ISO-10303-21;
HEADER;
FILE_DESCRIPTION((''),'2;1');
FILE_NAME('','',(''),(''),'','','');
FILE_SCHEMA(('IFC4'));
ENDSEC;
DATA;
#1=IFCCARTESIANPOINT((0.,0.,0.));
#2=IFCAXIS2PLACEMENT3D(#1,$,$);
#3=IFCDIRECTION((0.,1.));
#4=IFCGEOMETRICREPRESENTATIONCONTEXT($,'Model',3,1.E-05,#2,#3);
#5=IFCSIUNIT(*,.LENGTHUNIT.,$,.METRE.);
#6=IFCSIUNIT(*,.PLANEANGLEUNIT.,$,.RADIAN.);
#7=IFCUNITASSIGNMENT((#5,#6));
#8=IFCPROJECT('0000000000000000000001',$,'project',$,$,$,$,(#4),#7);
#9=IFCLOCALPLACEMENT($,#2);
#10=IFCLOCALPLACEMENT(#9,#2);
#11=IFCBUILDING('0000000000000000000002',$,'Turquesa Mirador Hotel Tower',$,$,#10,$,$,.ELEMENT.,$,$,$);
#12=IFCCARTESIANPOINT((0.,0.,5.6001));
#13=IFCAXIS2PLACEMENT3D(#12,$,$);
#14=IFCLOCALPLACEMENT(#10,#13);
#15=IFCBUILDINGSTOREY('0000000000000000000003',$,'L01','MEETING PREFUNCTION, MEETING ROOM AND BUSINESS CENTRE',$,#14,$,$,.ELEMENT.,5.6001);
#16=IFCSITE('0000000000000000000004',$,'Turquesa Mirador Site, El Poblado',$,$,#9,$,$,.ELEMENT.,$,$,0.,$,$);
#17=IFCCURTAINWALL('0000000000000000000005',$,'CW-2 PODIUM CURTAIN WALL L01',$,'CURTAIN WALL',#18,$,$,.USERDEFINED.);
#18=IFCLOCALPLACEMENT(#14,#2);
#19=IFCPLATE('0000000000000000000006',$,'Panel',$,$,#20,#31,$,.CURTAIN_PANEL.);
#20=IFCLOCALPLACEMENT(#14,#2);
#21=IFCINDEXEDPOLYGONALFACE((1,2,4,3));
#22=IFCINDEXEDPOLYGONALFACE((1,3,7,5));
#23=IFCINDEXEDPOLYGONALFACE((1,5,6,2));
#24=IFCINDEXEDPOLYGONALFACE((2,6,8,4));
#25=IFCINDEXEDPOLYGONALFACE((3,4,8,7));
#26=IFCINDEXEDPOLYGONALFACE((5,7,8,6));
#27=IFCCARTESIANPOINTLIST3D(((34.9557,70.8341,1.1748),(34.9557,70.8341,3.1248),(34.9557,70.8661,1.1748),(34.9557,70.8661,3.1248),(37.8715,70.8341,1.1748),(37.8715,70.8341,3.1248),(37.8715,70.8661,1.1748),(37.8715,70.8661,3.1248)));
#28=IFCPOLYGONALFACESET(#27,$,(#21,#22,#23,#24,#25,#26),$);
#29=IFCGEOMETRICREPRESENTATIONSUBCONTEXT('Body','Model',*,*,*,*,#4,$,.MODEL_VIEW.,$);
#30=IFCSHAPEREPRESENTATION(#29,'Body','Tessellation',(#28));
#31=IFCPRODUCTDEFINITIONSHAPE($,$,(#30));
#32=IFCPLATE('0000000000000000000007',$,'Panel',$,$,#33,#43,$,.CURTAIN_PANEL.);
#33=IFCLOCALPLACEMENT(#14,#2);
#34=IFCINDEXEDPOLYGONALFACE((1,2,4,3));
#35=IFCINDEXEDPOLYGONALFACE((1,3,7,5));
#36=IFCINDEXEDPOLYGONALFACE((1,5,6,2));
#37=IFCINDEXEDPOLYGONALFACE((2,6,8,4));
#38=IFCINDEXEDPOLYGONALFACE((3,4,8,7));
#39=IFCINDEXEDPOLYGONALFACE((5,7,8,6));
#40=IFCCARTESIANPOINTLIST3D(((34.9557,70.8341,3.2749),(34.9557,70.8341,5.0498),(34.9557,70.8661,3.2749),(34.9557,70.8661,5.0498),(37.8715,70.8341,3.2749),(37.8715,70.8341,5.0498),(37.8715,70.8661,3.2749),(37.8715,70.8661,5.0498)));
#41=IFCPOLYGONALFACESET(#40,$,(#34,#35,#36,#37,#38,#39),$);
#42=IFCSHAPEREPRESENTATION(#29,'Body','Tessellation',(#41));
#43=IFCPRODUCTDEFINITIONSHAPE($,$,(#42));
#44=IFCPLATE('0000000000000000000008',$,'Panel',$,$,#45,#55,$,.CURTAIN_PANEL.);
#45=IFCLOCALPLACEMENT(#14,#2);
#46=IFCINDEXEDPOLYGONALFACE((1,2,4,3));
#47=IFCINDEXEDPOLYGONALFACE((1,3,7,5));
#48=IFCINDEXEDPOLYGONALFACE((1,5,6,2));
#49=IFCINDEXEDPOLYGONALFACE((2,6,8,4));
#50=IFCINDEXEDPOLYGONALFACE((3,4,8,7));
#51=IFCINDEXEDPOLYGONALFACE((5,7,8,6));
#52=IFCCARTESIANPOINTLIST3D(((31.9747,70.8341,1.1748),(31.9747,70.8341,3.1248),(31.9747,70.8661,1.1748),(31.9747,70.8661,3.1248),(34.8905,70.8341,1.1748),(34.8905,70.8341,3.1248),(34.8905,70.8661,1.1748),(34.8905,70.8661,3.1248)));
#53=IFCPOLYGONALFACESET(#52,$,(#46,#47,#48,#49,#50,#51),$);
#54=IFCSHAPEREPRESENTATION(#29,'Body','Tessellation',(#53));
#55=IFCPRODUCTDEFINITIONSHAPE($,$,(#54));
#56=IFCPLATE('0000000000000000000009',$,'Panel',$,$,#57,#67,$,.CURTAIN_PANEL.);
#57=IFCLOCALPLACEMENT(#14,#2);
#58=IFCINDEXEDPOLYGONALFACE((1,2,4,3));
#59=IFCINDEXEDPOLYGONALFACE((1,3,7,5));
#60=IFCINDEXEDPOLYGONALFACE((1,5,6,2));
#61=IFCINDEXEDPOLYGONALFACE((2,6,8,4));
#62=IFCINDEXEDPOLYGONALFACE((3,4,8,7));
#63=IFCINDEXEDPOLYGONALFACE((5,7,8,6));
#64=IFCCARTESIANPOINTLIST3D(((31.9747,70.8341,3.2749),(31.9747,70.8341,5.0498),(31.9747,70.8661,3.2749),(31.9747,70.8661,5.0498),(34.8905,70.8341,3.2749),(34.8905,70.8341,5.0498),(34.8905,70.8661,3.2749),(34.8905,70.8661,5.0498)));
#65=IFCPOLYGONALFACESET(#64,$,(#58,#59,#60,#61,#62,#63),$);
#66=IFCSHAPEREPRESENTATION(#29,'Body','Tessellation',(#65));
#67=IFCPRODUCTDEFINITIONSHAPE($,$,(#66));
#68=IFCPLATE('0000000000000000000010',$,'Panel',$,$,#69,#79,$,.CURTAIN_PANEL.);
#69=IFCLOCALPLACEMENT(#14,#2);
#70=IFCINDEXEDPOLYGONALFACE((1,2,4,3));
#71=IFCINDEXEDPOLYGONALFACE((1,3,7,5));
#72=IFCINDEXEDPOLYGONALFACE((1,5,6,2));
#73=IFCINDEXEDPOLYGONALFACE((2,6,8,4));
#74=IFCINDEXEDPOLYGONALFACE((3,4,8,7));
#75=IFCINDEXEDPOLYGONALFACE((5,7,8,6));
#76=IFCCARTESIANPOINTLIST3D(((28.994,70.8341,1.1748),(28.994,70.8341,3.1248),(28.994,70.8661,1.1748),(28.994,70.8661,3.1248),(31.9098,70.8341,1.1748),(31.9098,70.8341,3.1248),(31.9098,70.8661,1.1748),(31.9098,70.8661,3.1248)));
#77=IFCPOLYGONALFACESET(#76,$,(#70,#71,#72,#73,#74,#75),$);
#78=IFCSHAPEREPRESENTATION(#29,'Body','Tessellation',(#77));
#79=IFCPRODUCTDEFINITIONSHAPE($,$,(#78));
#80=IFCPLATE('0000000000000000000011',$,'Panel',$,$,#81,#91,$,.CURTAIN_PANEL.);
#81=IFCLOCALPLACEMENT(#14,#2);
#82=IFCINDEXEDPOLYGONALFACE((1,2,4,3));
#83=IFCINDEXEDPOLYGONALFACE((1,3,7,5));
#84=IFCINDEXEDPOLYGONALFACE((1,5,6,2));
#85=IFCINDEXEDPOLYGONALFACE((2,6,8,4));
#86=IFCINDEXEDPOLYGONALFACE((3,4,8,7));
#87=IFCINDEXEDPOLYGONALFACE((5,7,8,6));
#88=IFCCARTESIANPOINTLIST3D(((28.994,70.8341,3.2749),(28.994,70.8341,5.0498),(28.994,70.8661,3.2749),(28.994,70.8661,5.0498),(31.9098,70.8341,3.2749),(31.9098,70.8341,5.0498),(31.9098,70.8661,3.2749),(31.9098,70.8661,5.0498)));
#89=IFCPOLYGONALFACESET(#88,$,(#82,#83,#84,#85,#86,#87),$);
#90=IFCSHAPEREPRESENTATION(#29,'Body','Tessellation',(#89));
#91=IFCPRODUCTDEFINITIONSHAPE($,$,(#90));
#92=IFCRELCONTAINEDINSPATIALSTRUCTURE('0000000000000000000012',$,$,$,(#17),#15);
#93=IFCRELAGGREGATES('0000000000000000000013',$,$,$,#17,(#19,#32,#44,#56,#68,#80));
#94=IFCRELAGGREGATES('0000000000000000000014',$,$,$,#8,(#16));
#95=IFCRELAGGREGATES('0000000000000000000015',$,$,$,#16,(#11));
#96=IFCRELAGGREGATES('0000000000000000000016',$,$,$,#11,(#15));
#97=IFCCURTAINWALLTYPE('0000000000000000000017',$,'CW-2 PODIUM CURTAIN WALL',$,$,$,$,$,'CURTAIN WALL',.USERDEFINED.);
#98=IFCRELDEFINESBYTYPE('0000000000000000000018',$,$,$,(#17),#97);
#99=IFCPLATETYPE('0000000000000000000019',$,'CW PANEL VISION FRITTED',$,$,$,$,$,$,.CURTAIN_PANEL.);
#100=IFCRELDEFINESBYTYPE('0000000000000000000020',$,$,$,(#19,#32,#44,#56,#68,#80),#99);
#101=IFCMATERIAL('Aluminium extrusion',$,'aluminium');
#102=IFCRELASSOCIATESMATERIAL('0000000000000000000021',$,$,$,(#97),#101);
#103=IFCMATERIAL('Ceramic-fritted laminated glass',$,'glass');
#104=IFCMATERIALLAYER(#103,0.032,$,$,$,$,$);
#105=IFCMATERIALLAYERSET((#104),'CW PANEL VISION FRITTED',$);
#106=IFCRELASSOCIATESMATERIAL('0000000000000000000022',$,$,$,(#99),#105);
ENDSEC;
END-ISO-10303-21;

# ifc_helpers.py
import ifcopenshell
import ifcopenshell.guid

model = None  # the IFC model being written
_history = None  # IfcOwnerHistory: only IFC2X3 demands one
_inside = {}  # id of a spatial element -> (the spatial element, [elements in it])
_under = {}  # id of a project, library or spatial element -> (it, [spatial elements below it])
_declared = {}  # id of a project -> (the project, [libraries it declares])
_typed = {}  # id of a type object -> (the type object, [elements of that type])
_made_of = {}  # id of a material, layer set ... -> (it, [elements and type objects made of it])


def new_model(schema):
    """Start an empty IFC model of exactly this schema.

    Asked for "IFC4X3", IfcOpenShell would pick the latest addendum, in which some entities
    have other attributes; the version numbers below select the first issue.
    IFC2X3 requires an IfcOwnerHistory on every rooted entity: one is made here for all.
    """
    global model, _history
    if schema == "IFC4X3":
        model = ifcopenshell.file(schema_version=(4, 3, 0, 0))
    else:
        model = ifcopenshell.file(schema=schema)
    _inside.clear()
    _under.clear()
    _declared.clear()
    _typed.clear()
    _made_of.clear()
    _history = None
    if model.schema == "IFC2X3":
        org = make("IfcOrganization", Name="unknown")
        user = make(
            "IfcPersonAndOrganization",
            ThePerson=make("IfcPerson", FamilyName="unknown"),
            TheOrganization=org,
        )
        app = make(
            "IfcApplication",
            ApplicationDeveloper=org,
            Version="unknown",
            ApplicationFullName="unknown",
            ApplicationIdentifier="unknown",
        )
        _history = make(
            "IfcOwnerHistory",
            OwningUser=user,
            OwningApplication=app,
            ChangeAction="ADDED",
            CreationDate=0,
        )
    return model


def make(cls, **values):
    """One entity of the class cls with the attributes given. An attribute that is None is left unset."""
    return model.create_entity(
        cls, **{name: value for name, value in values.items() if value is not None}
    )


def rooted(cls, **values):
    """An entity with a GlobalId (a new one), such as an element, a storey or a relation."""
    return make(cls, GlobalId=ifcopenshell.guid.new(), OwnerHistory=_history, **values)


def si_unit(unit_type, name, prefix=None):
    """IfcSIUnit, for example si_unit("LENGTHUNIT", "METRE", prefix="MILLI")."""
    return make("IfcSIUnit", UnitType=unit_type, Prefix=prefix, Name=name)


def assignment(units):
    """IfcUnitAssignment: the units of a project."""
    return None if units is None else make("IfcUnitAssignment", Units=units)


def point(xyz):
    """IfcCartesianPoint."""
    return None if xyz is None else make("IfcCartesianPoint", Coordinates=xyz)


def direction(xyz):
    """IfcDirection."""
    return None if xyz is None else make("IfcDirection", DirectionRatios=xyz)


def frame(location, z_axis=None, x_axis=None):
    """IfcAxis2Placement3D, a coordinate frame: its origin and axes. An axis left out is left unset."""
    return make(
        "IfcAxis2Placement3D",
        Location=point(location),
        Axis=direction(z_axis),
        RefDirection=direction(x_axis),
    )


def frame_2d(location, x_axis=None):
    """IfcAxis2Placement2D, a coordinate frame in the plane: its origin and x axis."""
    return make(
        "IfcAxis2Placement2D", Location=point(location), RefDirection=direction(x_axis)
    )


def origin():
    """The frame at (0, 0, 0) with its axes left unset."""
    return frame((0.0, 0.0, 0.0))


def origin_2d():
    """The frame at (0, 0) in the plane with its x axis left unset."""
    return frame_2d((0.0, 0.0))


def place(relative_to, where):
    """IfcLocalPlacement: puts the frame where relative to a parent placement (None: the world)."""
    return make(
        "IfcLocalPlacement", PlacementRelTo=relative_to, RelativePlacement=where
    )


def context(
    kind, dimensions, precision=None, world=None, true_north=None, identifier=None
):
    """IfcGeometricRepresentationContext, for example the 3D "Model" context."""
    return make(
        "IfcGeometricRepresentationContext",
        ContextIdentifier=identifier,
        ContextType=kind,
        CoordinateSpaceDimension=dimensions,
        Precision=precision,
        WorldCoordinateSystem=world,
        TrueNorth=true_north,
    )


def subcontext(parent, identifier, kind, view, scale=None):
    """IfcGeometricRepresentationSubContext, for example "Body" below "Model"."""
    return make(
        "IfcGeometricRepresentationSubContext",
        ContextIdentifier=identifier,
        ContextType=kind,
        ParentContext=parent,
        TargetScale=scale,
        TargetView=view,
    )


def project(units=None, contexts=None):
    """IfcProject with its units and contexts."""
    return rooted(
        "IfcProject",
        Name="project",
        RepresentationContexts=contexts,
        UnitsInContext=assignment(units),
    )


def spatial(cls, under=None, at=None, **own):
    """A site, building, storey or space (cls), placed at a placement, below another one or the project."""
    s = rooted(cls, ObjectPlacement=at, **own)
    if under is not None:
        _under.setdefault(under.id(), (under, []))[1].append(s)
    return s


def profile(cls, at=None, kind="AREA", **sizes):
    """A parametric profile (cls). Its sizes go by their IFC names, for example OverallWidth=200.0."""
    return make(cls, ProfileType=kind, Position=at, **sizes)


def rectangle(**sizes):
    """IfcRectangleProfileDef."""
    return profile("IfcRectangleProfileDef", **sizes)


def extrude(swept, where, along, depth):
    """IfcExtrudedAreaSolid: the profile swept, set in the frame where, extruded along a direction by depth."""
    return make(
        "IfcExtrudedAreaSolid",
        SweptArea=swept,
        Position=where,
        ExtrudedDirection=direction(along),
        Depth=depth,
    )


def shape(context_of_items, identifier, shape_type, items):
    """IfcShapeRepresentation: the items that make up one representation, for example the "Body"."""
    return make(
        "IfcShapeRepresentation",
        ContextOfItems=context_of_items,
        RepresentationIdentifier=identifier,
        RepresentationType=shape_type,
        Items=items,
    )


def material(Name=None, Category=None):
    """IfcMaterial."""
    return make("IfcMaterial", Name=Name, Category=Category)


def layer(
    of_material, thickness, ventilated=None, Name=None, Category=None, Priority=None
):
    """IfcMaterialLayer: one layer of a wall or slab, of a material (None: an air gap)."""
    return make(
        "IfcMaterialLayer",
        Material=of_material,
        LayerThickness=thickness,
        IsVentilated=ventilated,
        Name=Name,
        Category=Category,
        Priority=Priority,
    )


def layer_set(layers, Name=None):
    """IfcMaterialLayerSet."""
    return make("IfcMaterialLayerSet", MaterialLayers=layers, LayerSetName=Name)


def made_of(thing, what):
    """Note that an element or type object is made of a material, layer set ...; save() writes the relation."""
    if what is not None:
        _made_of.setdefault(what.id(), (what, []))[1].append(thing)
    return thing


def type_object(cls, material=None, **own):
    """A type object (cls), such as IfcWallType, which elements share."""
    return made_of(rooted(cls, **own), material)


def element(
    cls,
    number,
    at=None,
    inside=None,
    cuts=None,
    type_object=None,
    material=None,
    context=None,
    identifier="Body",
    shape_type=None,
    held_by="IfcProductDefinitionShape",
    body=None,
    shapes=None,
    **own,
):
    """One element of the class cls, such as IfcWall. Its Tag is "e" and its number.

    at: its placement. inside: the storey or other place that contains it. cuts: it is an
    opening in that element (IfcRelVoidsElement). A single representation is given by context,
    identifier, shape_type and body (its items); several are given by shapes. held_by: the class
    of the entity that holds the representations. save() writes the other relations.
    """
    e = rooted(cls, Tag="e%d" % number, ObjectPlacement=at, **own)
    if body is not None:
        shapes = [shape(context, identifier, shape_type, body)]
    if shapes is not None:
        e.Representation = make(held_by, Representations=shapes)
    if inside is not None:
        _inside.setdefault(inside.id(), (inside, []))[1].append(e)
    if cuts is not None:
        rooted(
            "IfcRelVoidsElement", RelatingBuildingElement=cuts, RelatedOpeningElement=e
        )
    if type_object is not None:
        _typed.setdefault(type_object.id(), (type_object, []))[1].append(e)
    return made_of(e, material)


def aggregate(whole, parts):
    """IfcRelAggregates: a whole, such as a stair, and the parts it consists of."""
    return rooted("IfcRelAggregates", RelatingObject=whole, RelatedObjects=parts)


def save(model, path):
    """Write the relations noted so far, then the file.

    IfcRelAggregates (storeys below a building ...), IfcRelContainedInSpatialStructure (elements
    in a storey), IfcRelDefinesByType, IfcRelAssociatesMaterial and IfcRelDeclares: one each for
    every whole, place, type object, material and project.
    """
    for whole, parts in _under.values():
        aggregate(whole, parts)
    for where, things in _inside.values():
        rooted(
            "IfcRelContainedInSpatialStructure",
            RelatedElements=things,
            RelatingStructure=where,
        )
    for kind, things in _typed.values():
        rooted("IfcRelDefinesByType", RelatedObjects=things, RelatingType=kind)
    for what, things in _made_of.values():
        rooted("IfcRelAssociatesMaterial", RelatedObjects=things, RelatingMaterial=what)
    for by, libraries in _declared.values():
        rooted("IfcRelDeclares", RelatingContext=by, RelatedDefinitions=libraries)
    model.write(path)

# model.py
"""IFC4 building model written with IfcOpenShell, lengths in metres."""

from ifc_helpers import new_model, si_unit, direction, frame, origin, origin_2d, place, context, subcontext, project, spatial, rectangle, extrude, material, layer, layer_set, type_object, element, aggregate, save


model = new_model("IFC4")

# Units and contexts
model_context = context("Model", 3, precision=1e-05, world=origin(), true_north=direction((0.0, 1.0)))
body_context = subcontext(model_context, "Body", "Model", "MODEL_VIEW")
ifc_project = project(units=[si_unit("LENGTHUNIT", "METRE"), si_unit("PLANEANGLEUNIT", "RADIAN")], contexts=[model_context])

# Site, building, storey
site_placement = place(None, origin())
site = spatial("IfcSite", under=ifc_project, at=site_placement, Name="Turquesa Mirador Site, El Poblado", CompositionType="ELEMENT", RefElevation=0.0)
building_placement = place(site_placement, origin())
building = spatial("IfcBuilding", under=site, at=building_placement, Name="Turquesa Mirador Hotel Tower", CompositionType="ELEMENT")
storey_placement = place(building_placement, frame((0.0, 0.0, 5.6001)))
storey = spatial("IfcBuildingStorey", under=building, at=storey_placement, Name="L01", Description="MEETING PREFUNCTION, MEETING ROOM AND BUSINESS CENTRE", CompositionType="ELEMENT", Elevation=5.6001)

# Curtain wall, plates
ifc_material_1 = material(Name="Aluminium extrusion", Category="aluminium")
curtain_wall_type = type_object("IfcCurtainWallType", Name="CW-2 PODIUM CURTAIN WALL", ElementType="CURTAIN WALL", PredefinedType="USERDEFINED", material=ifc_material_1)
curtain_wall_placement = place(storey_placement, origin())
curtain_wall = element("IfcCurtainWall", 1, at=curtain_wall_placement, inside=storey, type_object=curtain_wall_type, Name="CW-2 PODIUM CURTAIN WALL L01", ObjectType="CURTAIN WALL", PredefinedType="USERDEFINED")
ifc_material_2 = material(Name="Ceramic-fritted laminated glass", Category="glass")
ifc_layer_1 = layer(ifc_material_2, 0.032)
ifc_layer_set_1 = layer_set([ifc_layer_1], Name="CW PANEL VISION FRITTED")
plate_type_1 = type_object("IfcPlateType", Name="CW PANEL VISION FRITTED", PredefinedType="CURTAIN_PANEL", material=ifc_layer_set_1)
plate_1_placement = place(storey_placement, frame((36.4136, 70.8501, 1.1748), z_axis=(0.0, 0.0, 1.0), x_axis=(-1.0, 0.0, 0.0)))
plate_1 = element("IfcPlate", 2, at=plate_1_placement, type_object=plate_type_1, Name="Panel", PredefinedType="CURTAIN_PANEL", context=body_context, shape_type="SweptSolid", body=[
    extrude(rectangle(XDim=2.9158, YDim=0.032, at=origin_2d()), origin(), (0.0, 0.0, 1.0), 1.95),
])
plate_2_placement = place(storey_placement, frame((36.4136, 70.8501, 3.2749), z_axis=(0.0, 0.0, 1.0), x_axis=(-1.0, 0.0, 0.0)))
plate_2 = element("IfcPlate", 3, at=plate_2_placement, type_object=plate_type_1, Name="Panel", PredefinedType="CURTAIN_PANEL", context=body_context, shape_type="SweptSolid", body=[
    extrude(rectangle(XDim=2.9158, YDim=0.032, at=origin_2d()), origin(), (0.0, 0.0, 1.0), 1.7749),
])
plate_3_placement = place(storey_placement, frame((33.4326, 70.8501, 1.1748), z_axis=(0.0, 0.0, 1.0), x_axis=(-1.0, 0.0, 0.0)))
plate_3 = element("IfcPlate", 4, at=plate_3_placement, type_object=plate_type_1, Name="Panel", PredefinedType="CURTAIN_PANEL", context=body_context, shape_type="SweptSolid", body=[
    extrude(rectangle(XDim=2.9158, YDim=0.032, at=origin_2d()), origin(), (0.0, 0.0, 1.0), 1.95),
])
plate_4_placement = place(storey_placement, frame((33.4326, 70.8501, 3.2749), z_axis=(0.0, 0.0, 1.0), x_axis=(-1.0, 0.0, 0.0)))
plate_4 = element("IfcPlate", 5, at=plate_4_placement, type_object=plate_type_1, Name="Panel", PredefinedType="CURTAIN_PANEL", context=body_context, shape_type="SweptSolid", body=[
    extrude(rectangle(XDim=2.9158, YDim=0.032, at=origin_2d()), origin(), (0.0, 0.0, 1.0), 1.7749),
])
plate_5_placement = place(storey_placement, frame((30.4519, 70.8501, 1.1748), z_axis=(0.0, 0.0, 1.0), x_axis=(-1.0, 0.0, 0.0)))
plate_5 = element("IfcPlate", 6, at=plate_5_placement, type_object=plate_type_1, Name="Panel", PredefinedType="CURTAIN_PANEL", context=body_context, shape_type="SweptSolid", body=[
    extrude(rectangle(XDim=2.9158, YDim=0.032, at=origin_2d()), origin(), (0.0, 0.0, 1.0), 1.95),
])
plate_6_placement = place(storey_placement, frame((30.4519, 70.8501, 3.2749), z_axis=(0.0, 0.0, 1.0), x_axis=(-1.0, 0.0, 0.0)))
plate_6 = element("IfcPlate", 7, at=plate_6_placement, type_object=plate_type_1, Name="Panel", PredefinedType="CURTAIN_PANEL", context=body_context, shape_type="SweptSolid", body=[
    extrude(rectangle(XDim=2.9158, YDim=0.032, at=origin_2d()), origin(), (0.0, 0.0, 1.0), 1.7749),
])
aggregate(curtain_wall, [plate_1, plate_2, plate_3, plate_4, plate_5, plate_6])

save(model, "model.ifc")
